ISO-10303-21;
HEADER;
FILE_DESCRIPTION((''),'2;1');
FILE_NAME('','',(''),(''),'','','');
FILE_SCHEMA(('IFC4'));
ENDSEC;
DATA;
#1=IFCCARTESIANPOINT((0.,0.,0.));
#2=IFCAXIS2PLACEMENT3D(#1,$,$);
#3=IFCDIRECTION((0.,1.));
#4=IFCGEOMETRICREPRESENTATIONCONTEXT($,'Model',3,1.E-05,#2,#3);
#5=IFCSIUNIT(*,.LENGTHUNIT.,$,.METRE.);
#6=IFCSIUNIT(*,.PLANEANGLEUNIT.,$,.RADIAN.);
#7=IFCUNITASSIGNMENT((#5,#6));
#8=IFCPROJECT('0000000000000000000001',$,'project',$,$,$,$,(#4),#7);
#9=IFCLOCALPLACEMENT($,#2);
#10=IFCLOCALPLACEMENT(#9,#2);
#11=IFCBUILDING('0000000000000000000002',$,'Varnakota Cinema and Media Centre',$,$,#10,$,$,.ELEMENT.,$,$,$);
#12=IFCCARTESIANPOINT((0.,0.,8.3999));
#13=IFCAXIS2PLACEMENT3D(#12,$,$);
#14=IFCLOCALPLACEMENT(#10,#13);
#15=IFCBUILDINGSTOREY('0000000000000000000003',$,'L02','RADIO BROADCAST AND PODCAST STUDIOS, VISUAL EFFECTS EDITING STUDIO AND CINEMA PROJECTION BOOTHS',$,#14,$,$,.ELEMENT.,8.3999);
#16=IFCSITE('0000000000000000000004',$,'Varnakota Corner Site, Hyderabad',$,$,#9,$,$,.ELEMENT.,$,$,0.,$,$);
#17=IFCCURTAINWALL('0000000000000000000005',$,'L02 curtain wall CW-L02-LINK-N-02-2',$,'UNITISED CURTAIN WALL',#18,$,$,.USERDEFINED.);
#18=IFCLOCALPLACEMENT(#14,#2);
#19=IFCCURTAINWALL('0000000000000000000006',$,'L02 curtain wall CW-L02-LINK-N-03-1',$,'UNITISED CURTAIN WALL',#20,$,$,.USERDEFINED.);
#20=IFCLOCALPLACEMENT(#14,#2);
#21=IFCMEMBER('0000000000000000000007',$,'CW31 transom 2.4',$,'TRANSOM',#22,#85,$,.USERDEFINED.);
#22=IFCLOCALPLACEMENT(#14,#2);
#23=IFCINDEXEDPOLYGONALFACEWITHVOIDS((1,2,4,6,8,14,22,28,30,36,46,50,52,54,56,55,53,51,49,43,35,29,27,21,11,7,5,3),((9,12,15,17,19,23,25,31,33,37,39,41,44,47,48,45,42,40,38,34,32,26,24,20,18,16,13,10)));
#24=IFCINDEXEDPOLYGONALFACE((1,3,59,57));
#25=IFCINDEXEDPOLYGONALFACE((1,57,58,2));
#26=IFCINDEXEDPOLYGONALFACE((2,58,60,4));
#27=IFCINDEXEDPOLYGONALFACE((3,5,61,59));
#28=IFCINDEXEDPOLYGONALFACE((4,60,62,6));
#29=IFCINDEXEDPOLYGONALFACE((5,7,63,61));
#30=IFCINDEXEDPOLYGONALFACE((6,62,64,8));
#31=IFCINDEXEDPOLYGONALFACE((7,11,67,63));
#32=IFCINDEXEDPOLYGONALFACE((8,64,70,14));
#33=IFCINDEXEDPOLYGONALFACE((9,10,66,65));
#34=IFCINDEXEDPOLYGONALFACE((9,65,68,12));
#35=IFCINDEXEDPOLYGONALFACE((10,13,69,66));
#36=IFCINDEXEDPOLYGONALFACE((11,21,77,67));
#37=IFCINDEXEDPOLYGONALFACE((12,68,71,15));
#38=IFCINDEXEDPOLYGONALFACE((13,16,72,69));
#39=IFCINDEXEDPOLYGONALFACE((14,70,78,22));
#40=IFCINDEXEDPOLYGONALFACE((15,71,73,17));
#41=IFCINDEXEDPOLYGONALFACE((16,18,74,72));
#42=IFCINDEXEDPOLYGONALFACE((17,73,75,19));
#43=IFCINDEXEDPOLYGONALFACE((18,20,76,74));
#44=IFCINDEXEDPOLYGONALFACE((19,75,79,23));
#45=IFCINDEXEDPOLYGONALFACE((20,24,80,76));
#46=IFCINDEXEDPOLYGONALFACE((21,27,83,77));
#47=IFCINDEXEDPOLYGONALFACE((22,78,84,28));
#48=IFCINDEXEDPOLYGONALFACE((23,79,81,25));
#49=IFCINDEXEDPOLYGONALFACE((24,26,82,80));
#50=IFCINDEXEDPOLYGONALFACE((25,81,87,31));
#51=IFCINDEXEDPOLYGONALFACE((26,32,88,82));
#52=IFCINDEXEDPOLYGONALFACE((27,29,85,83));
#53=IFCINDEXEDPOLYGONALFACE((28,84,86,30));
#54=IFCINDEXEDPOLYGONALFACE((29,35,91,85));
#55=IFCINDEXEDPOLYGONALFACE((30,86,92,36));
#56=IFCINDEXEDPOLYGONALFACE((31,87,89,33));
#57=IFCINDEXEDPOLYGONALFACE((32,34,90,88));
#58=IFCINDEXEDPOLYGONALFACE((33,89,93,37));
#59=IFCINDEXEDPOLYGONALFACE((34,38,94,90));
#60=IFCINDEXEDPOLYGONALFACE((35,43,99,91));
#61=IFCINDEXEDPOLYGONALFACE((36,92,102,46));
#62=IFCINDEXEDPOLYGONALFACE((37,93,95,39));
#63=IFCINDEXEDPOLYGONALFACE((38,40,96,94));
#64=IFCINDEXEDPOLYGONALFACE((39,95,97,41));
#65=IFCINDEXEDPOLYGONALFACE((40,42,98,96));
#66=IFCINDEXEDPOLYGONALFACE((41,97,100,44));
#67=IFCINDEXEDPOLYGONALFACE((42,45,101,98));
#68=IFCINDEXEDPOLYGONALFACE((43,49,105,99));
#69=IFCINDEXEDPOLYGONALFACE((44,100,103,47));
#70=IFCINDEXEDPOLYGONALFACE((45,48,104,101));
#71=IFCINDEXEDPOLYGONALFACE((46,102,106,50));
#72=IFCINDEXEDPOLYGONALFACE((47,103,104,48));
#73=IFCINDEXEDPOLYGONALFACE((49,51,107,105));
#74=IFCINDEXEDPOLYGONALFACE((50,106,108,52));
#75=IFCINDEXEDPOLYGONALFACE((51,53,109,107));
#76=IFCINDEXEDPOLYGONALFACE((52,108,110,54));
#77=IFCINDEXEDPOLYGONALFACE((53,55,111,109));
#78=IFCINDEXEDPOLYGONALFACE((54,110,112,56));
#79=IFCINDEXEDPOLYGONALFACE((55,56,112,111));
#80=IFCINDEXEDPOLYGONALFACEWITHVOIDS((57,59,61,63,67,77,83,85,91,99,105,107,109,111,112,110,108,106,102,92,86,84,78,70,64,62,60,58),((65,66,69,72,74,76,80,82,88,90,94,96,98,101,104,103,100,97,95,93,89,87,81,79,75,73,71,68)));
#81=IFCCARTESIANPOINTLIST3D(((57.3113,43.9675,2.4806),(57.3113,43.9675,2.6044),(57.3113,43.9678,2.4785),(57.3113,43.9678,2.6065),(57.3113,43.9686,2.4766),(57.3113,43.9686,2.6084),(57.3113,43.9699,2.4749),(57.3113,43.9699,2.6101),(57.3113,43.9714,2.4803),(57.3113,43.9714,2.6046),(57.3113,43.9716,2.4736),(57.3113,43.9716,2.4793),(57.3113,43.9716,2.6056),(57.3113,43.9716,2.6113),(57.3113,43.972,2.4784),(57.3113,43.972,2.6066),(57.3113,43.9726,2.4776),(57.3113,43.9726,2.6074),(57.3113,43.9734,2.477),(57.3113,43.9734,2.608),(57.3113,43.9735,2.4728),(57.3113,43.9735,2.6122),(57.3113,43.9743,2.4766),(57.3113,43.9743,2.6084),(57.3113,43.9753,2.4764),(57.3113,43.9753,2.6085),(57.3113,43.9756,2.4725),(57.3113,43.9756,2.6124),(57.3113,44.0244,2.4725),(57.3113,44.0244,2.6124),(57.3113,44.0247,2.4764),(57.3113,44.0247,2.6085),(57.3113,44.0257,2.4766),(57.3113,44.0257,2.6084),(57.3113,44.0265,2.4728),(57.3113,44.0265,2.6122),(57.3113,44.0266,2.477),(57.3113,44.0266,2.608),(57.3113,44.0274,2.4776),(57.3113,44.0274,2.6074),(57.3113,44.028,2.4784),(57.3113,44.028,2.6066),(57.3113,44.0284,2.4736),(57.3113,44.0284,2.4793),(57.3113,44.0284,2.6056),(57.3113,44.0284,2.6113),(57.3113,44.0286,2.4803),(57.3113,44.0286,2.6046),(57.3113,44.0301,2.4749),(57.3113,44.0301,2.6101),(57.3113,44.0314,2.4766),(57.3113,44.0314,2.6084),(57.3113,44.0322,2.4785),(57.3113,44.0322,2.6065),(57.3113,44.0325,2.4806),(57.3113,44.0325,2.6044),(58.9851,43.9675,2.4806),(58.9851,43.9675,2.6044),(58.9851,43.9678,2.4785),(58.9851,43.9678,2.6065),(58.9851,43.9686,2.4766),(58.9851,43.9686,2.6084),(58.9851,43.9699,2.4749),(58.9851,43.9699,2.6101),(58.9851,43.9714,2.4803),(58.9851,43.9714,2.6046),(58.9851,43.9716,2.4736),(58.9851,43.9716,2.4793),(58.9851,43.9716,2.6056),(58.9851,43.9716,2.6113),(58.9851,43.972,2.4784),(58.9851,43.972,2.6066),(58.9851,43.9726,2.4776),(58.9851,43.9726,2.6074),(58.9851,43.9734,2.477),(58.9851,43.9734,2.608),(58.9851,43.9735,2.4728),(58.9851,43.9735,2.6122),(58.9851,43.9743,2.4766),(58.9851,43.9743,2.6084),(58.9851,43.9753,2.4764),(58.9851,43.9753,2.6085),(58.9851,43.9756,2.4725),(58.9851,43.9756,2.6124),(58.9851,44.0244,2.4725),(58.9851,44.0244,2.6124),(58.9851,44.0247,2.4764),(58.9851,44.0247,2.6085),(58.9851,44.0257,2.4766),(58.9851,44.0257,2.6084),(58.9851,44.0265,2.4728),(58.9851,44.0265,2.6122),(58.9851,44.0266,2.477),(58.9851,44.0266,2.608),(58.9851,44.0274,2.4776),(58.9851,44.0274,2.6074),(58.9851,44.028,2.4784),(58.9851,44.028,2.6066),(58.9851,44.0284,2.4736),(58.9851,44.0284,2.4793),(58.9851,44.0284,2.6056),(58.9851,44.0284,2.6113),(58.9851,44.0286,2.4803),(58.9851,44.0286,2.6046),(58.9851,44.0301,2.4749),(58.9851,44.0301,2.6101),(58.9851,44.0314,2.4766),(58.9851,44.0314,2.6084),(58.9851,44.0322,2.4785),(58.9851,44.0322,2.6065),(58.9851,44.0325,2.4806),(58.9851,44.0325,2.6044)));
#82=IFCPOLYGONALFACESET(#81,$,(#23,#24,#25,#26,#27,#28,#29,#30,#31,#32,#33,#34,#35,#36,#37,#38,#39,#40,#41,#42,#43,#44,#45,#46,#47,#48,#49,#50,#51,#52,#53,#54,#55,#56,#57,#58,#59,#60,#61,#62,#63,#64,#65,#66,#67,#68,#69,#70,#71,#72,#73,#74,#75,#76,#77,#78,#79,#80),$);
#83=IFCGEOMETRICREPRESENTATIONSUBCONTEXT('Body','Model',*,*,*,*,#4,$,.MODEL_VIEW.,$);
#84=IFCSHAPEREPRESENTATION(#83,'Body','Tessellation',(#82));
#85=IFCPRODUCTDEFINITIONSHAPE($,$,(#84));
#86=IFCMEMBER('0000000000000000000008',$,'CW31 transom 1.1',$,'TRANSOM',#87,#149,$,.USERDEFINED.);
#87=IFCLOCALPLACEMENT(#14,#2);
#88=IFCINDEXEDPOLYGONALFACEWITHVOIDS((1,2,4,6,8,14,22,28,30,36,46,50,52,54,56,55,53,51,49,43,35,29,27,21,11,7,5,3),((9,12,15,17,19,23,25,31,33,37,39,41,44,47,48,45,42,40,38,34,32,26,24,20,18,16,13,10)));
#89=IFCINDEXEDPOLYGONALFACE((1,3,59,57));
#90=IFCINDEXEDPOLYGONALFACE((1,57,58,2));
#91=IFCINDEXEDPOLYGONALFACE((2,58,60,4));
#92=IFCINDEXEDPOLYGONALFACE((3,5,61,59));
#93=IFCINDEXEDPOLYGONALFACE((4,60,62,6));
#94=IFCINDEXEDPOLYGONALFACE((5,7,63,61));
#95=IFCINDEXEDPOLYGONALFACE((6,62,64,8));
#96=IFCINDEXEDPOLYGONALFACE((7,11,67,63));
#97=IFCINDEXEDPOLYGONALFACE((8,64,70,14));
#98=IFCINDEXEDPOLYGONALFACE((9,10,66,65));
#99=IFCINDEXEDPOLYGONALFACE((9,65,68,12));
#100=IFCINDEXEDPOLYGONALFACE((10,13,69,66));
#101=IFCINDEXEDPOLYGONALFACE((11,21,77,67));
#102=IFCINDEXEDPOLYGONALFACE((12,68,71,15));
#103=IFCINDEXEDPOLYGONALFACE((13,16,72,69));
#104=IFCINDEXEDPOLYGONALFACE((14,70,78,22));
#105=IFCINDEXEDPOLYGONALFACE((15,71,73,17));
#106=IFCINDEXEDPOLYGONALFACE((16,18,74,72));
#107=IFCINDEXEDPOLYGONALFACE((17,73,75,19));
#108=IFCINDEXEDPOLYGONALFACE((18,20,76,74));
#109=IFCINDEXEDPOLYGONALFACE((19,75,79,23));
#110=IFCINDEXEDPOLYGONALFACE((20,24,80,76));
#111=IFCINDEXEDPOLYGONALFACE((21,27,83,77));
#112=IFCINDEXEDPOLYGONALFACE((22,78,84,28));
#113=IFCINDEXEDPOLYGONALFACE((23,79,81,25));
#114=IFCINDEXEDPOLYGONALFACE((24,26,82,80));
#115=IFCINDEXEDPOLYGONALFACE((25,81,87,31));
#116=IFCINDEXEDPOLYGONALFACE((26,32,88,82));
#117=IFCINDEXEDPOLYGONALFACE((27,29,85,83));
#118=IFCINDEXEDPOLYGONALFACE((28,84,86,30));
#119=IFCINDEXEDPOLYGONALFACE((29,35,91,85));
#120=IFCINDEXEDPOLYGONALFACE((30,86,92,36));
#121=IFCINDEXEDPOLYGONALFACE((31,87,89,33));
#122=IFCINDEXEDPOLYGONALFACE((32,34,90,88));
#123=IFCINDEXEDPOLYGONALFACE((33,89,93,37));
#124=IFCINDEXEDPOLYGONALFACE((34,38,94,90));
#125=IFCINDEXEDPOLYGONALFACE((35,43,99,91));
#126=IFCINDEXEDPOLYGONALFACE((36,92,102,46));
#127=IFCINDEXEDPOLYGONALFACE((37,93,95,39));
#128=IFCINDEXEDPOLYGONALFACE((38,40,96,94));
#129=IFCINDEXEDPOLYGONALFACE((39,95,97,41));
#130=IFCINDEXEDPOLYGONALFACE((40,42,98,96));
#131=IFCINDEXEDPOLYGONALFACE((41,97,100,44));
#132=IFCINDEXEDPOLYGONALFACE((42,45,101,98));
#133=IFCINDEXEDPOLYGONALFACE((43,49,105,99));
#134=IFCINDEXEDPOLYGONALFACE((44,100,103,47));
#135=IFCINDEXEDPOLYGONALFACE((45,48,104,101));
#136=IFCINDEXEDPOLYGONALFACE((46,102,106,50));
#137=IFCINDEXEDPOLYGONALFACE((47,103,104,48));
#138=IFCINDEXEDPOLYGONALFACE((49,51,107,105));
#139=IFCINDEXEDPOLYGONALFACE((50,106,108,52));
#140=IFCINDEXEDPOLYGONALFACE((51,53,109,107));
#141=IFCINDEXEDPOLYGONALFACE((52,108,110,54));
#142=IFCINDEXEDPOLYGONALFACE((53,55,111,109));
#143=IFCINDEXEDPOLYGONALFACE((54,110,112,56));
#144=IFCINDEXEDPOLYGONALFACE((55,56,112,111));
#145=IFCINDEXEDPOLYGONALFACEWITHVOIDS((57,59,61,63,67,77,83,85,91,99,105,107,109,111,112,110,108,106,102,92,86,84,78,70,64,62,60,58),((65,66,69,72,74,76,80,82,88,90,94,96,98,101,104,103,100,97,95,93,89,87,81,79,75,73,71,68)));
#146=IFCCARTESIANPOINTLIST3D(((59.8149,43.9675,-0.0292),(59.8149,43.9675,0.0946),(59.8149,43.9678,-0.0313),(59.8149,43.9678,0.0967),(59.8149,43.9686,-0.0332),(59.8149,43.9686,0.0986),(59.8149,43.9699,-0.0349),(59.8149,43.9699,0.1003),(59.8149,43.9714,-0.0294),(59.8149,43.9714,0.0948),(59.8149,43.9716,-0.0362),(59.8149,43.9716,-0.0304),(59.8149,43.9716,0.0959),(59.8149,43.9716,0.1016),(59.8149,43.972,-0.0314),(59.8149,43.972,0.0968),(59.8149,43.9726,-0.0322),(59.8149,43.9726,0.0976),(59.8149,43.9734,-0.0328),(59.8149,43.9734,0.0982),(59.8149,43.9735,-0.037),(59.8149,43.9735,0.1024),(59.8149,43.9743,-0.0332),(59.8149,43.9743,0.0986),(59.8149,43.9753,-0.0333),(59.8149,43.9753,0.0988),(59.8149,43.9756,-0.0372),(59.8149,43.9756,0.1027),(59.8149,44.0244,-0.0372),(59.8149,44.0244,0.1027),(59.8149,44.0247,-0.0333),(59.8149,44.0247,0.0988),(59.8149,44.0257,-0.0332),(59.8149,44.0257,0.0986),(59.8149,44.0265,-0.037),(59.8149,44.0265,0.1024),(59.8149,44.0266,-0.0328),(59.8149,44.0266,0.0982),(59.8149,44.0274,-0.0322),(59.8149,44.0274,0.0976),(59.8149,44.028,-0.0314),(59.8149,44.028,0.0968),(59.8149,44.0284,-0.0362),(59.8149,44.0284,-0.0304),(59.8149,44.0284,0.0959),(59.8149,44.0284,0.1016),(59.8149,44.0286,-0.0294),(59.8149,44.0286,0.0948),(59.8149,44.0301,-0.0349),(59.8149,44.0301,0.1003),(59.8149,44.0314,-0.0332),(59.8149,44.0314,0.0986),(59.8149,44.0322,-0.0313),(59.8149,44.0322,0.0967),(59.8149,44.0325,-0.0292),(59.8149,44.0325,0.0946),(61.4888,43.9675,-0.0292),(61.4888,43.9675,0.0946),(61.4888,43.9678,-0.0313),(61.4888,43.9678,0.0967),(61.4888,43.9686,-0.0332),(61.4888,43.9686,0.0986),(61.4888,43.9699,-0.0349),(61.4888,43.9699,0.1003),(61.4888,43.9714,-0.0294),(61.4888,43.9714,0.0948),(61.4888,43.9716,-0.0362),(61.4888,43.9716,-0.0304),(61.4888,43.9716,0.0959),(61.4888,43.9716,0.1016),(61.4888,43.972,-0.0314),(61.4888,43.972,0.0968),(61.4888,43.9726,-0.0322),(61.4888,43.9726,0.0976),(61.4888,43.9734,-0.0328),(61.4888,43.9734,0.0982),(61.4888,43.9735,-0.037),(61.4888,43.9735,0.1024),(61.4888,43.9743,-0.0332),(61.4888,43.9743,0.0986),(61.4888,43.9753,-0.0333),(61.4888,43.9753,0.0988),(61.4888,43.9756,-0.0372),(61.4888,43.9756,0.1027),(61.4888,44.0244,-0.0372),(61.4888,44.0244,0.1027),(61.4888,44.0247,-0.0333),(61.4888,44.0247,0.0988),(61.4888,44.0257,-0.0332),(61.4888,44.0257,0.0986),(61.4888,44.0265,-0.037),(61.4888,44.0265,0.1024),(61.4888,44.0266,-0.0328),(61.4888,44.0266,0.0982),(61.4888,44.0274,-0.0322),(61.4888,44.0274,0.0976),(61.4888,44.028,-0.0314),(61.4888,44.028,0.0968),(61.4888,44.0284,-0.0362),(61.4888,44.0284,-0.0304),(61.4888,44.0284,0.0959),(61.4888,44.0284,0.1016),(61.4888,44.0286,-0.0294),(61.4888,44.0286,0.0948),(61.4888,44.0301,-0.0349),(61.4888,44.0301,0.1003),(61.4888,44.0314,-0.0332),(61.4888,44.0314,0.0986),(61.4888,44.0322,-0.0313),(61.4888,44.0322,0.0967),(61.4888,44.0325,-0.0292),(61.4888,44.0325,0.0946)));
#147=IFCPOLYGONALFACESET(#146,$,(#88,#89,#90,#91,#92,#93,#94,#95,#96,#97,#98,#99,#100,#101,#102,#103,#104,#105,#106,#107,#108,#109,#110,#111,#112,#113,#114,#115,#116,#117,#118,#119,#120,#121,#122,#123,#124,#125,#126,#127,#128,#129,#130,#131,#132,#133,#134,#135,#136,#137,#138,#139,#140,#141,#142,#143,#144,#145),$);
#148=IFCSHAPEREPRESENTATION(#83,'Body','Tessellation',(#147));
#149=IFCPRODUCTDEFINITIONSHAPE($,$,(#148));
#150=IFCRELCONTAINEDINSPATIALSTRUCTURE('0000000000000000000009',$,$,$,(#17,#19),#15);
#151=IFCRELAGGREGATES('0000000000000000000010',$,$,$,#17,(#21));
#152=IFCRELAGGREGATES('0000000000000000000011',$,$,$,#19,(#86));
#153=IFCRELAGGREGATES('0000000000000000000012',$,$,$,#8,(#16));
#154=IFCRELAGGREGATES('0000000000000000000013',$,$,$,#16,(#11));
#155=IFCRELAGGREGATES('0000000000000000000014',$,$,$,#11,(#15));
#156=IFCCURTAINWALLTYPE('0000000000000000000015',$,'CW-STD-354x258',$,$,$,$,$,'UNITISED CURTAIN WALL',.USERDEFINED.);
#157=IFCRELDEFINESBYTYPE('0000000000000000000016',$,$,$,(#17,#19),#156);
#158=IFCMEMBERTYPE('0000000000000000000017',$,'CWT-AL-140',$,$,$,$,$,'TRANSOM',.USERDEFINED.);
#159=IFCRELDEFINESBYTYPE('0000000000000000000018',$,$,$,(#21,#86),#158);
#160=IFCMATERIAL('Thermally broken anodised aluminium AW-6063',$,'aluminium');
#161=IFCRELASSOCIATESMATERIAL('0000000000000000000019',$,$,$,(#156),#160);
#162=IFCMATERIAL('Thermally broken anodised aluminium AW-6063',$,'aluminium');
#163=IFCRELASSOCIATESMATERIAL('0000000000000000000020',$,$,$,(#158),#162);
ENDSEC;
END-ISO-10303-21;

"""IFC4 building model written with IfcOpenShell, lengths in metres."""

from ifc_helpers import new_model, si_unit, direction, frame, origin, origin_2d, place, context, subcontext, project, spatial, hollow_rectangle, extrude, material, material_profile, profile_set, type_object, element, aggregate, save


model = new_model("IFC4")

# Units and contexts
model_context = context("Model", 3, precision=1e-05, world=origin(), true_north=direction((0.0, 1.0)))
body_context = subcontext(model_context, "Body", "Model", "MODEL_VIEW")
ifc_project = project(units=[si_unit("LENGTHUNIT", "METRE"), si_unit("PLANEANGLEUNIT", "RADIAN")], contexts=[model_context])

# Site, building, storey
site_placement = place(None, origin())
site = spatial("IfcSite", under=ifc_project, at=site_placement, Name="Varnakota Corner Site, Hyderabad", CompositionType="ELEMENT", RefElevation=0.0)
building_placement = place(site_placement, origin())
building = spatial("IfcBuilding", under=site, at=building_placement, Name="Varnakota Cinema and Media Centre", CompositionType="ELEMENT")
storey_placement = place(building_placement, frame((0.0, 0.0, 8.3999)))
storey = spatial("IfcBuildingStorey", under=building, at=storey_placement, Name="L02", Description="RADIO BROADCAST AND PODCAST STUDIOS, VISUAL EFFECTS EDITING STUDIO AND CINEMA PROJECTION BOOTHS", CompositionType="ELEMENT", Elevation=8.3999)

# Curtain walls
ifc_material_1 = material(Name="Thermally broken anodised aluminium AW-6063", Category="aluminium")
curtain_wall_type = type_object("IfcCurtainWallType", Name="CW-STD-354x258", ElementType="UNITISED CURTAIN WALL", PredefinedType="USERDEFINED", material=ifc_material_1)
curtain_wall_1_placement = place(storey_placement, origin())
curtain_wall_1 = element("IfcCurtainWall", 1, at=curtain_wall_1_placement, inside=storey, type_object=curtain_wall_type, Name="L02 curtain wall CW-L02-LINK-N-02-2", ObjectType="UNITISED CURTAIN WALL", PredefinedType="USERDEFINED")
curtain_wall_2_placement = place(storey_placement, origin())
curtain_wall_2 = element("IfcCurtainWall", 2, at=curtain_wall_2_placement, inside=storey, type_object=curtain_wall_type, Name="L02 curtain wall CW-L02-LINK-N-03-1", ObjectType="UNITISED CURTAIN WALL", PredefinedType="USERDEFINED")

# Members
ifc_material_2 = material(Name="Thermally broken anodised aluminium AW-6063", Category="aluminium")
ifc_material_profile_1 = material_profile(ifc_material_2, hollow_rectangle(XDim=0.0649, YDim=0.1399, WallThickness=0.0039, InnerFilletRadius=0.0039, OuterFilletRadius=0.0081, at=origin_2d()), Name="AL-TRANSOM 140x65x4")
ifc_profile_set_1 = profile_set([ifc_material_profile_1], Name="Thermally broken anodised aluminium AW-6063")
member_type_1 = type_object("IfcMemberType", Name="CWT-AL-140", ElementType="TRANSOM", PredefinedType="USERDEFINED", material=ifc_profile_set_1)
member_1_placement = place(storey_placement, frame((57.3113, 44.0, 2.5425), z_axis=(1.0, 0.0, 0.0), x_axis=(0.0, 1.0, 0.0)))
member_1 = element("IfcMember", 3, at=member_1_placement, type_object=member_type_1, Name="CW31 transom 2.4", ObjectType="TRANSOM", PredefinedType="USERDEFINED", context=body_context, shape_type="SweptSolid", body=[
    extrude(hollow_rectangle(XDim=0.0649, YDim=0.1399, WallThickness=0.0039, InnerFilletRadius=0.0039, OuterFilletRadius=0.0081, at=origin_2d()), origin(), (0.0, 0.0, 1.0), 1.6738),
])
member_2_placement = place(storey_placement, frame((59.8149, 44.0, 0.0327), z_axis=(1.0, 0.0, 0.0), x_axis=(0.0, 1.0, 0.0)))
member_2 = element("IfcMember", 4, at=member_2_placement, type_object=member_type_1, Name="CW31 transom 1.1", ObjectType="TRANSOM", PredefinedType="USERDEFINED", context=body_context, shape_type="SweptSolid", body=[
    extrude(hollow_rectangle(XDim=0.0649, YDim=0.1399, WallThickness=0.0039, InnerFilletRadius=0.0039, OuterFilletRadius=0.0081, at=origin_2d()), origin(), (0.0, 0.0, 1.0), 1.6738),
])

aggregate(curtain_wall_1, [member_1])
aggregate(curtain_wall_2, [member_2])

save(model, "model.ifc")
